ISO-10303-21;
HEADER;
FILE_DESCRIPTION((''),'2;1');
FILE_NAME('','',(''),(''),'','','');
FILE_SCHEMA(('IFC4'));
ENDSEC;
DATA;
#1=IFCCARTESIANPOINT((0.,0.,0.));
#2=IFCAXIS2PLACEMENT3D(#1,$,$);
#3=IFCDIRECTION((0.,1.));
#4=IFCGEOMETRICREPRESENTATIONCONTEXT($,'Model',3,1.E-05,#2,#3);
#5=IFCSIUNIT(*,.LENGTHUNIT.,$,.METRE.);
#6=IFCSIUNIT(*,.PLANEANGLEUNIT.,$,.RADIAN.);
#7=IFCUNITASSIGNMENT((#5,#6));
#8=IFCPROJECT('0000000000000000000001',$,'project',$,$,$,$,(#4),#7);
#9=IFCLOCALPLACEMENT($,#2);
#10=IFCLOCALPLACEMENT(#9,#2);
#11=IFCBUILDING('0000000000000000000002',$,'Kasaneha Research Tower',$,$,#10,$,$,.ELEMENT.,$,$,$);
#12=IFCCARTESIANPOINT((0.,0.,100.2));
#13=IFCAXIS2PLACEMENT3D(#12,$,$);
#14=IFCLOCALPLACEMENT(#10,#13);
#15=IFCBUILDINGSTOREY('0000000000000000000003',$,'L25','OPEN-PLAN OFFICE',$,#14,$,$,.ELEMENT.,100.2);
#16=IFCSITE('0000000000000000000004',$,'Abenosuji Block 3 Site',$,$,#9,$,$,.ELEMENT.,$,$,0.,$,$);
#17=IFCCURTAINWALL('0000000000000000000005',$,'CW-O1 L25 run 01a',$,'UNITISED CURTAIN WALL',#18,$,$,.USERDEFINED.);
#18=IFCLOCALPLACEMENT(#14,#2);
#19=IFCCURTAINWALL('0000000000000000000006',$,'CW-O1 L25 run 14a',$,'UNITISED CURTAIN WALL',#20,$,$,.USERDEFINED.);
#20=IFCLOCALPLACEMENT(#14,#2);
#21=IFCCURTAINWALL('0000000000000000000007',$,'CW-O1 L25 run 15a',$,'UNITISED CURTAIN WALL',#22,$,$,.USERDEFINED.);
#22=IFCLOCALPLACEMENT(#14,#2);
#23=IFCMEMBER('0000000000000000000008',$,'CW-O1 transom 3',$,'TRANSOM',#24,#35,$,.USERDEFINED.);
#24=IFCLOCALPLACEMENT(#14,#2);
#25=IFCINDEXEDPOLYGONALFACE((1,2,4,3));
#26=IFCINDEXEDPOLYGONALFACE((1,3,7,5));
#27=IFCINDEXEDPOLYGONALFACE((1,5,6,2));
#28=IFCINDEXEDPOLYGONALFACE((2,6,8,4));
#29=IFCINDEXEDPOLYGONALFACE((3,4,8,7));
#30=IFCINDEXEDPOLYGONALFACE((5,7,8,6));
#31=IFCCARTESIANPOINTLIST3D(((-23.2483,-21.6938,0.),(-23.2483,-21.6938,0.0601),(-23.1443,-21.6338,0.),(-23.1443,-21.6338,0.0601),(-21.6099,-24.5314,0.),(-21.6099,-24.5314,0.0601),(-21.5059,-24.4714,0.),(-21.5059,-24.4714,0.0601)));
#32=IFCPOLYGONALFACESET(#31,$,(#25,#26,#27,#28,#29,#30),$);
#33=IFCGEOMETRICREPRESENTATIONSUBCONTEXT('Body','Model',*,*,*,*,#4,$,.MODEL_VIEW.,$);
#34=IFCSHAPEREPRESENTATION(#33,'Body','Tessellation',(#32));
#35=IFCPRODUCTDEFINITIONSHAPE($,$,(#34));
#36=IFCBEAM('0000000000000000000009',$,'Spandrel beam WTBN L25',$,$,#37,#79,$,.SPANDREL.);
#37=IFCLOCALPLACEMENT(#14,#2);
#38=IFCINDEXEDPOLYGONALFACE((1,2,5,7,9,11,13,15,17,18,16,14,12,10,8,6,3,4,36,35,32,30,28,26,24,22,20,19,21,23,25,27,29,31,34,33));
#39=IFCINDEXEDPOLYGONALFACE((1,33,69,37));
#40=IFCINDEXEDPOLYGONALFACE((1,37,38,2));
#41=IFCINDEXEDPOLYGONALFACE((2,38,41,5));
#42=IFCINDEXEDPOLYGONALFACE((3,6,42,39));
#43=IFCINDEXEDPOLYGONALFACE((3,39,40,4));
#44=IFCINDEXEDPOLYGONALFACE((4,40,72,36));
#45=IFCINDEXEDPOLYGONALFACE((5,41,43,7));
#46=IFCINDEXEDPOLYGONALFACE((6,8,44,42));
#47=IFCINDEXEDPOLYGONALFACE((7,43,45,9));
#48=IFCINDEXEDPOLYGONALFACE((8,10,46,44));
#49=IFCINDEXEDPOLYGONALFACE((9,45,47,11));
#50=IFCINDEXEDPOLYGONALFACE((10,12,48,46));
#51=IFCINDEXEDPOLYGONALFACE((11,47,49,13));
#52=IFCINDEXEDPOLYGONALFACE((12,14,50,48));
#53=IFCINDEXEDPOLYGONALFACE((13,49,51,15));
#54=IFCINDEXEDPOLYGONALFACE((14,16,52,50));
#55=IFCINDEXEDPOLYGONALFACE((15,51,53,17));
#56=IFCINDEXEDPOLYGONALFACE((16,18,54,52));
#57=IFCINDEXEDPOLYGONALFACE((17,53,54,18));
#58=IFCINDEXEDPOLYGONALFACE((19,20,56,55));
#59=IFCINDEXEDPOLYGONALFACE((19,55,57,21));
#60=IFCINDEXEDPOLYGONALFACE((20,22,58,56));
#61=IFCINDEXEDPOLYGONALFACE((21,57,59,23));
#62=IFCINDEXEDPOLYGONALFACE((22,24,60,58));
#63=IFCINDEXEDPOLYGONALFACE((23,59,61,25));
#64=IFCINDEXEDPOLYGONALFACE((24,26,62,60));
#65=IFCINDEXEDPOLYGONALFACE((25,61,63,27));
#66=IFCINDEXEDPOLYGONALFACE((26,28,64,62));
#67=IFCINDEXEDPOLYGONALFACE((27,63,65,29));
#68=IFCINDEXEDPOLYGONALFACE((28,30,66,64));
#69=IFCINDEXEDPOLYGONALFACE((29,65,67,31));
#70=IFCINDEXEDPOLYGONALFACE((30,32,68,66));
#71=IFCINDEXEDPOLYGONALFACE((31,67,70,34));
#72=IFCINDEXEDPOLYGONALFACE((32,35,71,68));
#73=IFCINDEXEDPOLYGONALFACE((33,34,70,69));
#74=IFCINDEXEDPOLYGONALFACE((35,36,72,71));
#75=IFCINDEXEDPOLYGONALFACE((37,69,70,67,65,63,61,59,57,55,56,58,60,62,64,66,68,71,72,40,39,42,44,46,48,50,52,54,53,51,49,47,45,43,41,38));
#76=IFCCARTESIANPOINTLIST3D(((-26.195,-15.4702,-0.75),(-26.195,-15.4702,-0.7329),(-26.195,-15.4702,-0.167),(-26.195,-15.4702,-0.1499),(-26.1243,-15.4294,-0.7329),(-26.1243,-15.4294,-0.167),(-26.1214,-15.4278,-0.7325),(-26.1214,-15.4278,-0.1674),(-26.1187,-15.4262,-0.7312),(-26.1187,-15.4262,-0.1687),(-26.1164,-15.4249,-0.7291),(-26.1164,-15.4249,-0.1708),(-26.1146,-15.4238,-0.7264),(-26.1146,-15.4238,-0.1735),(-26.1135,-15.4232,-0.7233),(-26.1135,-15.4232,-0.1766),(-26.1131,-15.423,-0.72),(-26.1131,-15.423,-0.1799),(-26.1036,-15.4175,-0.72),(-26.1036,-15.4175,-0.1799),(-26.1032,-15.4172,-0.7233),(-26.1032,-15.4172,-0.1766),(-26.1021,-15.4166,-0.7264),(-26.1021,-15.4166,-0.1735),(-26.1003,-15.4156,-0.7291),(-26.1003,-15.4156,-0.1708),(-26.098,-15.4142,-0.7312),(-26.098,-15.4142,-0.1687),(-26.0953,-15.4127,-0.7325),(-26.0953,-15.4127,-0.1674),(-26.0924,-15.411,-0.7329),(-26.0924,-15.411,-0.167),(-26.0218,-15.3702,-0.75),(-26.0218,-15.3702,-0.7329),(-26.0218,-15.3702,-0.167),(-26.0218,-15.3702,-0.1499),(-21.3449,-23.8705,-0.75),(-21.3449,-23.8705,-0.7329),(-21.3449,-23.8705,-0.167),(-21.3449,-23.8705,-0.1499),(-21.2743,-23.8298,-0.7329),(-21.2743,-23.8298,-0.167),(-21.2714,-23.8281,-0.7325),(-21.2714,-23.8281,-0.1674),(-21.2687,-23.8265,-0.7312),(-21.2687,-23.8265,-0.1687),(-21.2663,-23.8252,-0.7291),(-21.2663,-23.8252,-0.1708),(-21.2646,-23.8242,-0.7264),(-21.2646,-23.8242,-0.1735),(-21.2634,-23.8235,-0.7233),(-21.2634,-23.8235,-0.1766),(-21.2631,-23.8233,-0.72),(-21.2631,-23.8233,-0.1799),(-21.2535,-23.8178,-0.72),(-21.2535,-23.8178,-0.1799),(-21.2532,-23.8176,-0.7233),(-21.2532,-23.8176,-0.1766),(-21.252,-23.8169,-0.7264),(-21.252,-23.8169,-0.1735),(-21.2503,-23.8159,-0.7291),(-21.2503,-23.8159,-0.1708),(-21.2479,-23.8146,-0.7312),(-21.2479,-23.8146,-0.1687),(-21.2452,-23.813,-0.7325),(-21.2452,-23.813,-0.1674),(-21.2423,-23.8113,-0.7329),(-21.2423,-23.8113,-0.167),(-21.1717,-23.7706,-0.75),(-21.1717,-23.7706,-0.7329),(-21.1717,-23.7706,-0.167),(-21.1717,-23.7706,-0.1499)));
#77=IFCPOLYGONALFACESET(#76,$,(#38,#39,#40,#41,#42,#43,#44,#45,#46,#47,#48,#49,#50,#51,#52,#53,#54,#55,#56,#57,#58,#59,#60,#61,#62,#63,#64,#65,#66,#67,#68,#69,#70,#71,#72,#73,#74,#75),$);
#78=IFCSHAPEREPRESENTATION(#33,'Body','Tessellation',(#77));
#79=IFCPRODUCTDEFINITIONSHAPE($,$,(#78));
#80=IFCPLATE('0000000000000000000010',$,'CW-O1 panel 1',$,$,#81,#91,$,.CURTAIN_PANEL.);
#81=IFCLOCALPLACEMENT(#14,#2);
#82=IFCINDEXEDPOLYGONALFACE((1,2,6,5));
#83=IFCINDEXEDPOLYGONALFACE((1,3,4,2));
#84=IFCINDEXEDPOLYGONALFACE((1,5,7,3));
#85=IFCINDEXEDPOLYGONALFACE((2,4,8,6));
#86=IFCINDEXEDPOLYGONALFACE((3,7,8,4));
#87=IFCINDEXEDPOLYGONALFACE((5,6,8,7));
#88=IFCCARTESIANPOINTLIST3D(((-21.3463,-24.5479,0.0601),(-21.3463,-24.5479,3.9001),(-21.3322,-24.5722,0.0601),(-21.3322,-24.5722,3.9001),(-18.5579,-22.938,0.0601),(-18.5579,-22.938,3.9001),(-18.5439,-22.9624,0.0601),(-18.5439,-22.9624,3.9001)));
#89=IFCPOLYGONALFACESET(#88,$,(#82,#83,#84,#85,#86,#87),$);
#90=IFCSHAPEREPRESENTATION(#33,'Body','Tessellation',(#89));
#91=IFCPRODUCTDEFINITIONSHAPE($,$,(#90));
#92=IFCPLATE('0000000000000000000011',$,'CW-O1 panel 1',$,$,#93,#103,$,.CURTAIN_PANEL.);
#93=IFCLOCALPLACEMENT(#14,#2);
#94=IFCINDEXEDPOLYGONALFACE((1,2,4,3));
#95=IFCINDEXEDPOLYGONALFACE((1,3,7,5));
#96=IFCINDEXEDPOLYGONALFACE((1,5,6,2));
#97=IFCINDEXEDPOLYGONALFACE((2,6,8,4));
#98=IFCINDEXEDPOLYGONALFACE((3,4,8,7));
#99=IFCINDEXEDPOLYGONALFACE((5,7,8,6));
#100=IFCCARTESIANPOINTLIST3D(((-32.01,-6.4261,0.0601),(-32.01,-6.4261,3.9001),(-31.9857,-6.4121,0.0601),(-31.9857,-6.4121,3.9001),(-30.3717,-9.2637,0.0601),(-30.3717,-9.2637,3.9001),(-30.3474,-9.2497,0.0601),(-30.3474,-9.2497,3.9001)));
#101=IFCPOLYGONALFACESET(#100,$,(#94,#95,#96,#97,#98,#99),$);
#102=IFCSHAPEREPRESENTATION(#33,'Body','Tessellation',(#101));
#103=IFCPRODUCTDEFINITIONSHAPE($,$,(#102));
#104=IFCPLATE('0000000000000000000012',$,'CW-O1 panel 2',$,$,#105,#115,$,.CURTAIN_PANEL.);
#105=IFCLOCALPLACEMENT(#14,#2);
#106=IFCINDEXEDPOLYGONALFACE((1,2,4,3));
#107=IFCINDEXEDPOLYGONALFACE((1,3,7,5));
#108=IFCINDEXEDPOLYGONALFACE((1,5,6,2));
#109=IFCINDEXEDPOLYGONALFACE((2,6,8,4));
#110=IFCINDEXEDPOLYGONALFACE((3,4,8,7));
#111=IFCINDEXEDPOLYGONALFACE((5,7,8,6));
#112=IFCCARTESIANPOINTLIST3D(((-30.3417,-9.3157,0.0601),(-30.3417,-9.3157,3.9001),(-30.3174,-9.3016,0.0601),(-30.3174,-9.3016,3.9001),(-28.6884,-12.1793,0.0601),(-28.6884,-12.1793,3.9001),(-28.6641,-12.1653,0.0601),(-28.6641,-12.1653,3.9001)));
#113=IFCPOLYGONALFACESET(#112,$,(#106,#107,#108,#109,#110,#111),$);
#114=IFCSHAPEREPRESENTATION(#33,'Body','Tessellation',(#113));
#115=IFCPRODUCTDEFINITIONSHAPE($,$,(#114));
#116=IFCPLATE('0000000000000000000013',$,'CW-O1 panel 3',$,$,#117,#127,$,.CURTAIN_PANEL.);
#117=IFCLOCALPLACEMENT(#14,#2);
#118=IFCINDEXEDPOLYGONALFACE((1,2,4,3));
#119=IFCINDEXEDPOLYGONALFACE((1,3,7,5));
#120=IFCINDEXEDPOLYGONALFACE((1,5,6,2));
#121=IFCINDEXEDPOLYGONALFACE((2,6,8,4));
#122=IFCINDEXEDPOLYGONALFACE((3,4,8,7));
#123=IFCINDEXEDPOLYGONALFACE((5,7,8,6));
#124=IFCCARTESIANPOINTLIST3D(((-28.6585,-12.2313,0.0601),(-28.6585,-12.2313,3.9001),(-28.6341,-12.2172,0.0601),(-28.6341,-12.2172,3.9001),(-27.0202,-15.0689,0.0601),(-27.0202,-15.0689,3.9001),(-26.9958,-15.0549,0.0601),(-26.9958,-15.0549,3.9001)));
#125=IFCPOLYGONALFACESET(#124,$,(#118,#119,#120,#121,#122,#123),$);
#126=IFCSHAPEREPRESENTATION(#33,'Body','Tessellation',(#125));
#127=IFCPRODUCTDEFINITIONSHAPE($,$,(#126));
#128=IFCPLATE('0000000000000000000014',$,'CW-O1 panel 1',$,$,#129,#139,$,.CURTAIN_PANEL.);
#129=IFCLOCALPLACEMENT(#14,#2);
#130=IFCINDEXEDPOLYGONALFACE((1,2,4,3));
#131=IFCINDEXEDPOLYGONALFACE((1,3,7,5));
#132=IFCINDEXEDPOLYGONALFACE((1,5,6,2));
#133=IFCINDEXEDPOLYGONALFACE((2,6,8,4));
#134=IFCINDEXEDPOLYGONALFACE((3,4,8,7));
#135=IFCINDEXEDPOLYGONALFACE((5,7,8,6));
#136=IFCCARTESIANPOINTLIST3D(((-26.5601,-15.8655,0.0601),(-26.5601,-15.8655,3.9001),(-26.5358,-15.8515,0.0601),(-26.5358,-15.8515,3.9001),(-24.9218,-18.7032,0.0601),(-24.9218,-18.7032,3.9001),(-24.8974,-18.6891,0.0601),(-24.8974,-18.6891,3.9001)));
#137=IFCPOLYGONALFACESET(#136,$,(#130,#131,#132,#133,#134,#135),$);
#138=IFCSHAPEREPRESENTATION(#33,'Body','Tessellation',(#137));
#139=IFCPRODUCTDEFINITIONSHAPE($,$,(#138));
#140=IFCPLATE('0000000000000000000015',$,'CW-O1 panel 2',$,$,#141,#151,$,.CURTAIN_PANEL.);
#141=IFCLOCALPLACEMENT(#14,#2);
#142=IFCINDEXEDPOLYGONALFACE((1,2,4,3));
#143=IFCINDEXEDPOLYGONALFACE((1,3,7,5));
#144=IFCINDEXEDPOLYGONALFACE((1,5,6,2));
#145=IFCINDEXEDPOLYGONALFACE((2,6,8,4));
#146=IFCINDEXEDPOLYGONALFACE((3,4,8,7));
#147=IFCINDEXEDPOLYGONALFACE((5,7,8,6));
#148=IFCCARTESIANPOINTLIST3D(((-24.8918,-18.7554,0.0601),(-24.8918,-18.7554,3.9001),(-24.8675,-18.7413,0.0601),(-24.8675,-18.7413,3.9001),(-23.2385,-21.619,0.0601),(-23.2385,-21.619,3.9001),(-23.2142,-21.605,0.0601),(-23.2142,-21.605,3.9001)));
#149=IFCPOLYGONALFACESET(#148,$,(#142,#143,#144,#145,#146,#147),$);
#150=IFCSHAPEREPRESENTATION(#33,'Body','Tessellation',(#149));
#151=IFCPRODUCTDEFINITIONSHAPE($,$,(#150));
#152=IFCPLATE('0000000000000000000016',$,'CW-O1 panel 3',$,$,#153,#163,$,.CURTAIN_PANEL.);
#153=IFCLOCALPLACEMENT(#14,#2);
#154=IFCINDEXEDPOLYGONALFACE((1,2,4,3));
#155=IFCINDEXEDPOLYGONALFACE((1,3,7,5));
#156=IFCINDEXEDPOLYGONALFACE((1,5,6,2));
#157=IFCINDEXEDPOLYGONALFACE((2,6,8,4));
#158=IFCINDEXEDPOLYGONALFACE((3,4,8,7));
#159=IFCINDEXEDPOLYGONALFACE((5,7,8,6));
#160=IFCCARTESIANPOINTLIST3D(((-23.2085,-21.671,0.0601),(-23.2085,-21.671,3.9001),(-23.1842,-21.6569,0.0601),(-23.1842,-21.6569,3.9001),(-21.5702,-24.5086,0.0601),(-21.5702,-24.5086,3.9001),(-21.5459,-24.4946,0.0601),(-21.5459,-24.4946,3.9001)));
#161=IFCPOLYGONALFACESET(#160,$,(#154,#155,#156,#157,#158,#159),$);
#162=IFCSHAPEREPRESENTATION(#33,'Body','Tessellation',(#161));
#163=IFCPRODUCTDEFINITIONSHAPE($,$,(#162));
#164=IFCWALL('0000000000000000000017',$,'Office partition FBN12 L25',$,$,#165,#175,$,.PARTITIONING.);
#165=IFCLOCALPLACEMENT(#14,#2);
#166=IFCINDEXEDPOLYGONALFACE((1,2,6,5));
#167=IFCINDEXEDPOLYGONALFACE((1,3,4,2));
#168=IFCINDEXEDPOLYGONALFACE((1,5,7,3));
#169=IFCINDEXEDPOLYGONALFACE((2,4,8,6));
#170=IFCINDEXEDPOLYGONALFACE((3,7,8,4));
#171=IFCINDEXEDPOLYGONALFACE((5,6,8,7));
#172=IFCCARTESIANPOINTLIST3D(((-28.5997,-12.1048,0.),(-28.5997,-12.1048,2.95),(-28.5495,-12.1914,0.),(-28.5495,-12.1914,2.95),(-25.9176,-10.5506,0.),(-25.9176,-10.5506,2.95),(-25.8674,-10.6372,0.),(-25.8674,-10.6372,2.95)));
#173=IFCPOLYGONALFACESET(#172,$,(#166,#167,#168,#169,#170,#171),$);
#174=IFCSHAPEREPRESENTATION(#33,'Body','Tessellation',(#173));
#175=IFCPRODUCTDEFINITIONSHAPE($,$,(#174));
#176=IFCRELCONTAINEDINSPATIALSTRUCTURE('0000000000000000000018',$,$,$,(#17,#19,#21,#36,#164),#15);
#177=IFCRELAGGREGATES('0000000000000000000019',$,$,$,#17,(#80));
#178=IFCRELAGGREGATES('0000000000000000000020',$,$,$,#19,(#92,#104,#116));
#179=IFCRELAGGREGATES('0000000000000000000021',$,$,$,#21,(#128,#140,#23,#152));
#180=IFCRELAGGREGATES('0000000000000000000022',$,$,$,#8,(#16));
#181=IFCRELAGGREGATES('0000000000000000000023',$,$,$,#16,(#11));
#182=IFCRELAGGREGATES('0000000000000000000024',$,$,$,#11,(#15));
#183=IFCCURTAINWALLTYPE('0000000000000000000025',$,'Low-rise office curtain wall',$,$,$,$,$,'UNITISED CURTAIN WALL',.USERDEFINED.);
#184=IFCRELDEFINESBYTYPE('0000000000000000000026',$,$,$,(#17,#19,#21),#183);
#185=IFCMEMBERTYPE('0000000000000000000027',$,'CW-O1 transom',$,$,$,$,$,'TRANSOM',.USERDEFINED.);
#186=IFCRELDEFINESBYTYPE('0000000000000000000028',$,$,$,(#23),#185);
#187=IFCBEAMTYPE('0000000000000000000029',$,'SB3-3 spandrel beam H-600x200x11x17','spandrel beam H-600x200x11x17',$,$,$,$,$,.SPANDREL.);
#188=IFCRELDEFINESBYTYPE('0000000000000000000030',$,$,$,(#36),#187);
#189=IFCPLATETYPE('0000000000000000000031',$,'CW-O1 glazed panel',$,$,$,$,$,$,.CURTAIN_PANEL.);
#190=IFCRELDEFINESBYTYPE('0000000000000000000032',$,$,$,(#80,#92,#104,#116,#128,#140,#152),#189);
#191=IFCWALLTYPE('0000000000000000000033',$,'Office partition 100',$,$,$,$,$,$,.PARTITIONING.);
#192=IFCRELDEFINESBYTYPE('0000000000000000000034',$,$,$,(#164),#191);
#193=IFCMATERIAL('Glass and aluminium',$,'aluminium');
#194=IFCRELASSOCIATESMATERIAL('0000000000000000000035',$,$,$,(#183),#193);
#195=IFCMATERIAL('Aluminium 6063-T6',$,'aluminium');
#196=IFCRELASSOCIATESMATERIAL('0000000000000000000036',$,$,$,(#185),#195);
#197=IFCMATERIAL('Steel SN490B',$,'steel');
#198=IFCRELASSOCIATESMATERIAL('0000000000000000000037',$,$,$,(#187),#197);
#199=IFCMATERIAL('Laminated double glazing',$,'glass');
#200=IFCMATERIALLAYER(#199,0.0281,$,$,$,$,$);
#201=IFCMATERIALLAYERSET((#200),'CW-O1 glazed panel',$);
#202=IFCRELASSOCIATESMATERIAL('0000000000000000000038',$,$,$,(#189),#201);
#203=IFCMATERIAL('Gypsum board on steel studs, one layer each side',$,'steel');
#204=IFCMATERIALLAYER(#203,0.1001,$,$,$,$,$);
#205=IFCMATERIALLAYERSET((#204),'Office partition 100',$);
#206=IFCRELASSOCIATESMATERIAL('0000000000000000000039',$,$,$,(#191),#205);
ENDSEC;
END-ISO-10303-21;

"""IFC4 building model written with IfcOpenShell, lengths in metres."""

from ifc_helpers import new_model, si_unit, direction, frame, frame_2d, origin, origin_2d, place, context, subcontext, project, spatial, rectangle, i_section, extrude, material, layer, layer_set, material_profile, profile_set, type_object, element, aggregate, save


model = new_model("IFC4")

# Units and contexts
model_context = context("Model", 3, precision=1e-05, world=origin(), true_north=direction((0.0, 1.0)))
body_context = subcontext(model_context, "Body", "Model", "MODEL_VIEW")
ifc_project = project(units=[si_unit("LENGTHUNIT", "METRE"), si_unit("PLANEANGLEUNIT", "RADIAN")], contexts=[model_context])

# Site, building, storey
site_placement = place(None, origin())
site = spatial("IfcSite", under=ifc_project, at=site_placement, Name="Abenosuji Block 3 Site", CompositionType="ELEMENT", RefElevation=0.0)
building_placement = place(site_placement, origin())
building = spatial("IfcBuilding", under=site, at=building_placement, Name="Kasaneha Research Tower", CompositionType="ELEMENT")
storey_placement = place(building_placement, frame((0.0, 0.0, 100.2)))
storey = spatial("IfcBuildingStorey", under=building, at=storey_placement, Name="L25", Description="OPEN-PLAN OFFICE", CompositionType="ELEMENT", Elevation=100.2)

# Curtain wall
ifc_material_1 = material(Name="Glass and aluminium", Category="aluminium")
curtain_wall_type = type_object("IfcCurtainWallType", Name="Low-rise office curtain wall", ElementType="UNITISED CURTAIN WALL", PredefinedType="USERDEFINED", material=ifc_material_1)
curtain_wall_1_placement = place(storey_placement, origin())
curtain_wall_1 = element("IfcCurtainWall", 1, at=curtain_wall_1_placement, inside=storey, type_object=curtain_wall_type, Name="CW-O1 L25 run 01a", ObjectType="UNITISED CURTAIN WALL", PredefinedType="USERDEFINED")

# Curtain walls
curtain_wall_2_placement = place(storey_placement, origin())
curtain_wall_2 = element("IfcCurtainWall", 2, at=curtain_wall_2_placement, inside=storey, type_object=curtain_wall_type, Name="CW-O1 L25 run 14a", ObjectType="UNITISED CURTAIN WALL", PredefinedType="USERDEFINED")
curtain_wall_3_placement = place(storey_placement, origin())
curtain_wall_3 = element("IfcCurtainWall", 3, at=curtain_wall_3_placement, inside=storey, type_object=curtain_wall_type, Name="CW-O1 L25 run 15a", ObjectType="UNITISED CURTAIN WALL", PredefinedType="USERDEFINED")

# Member
ifc_material_2 = material(Name="Aluminium 6063-T6", Category="aluminium")
ifc_material_profile_1 = material_profile(ifc_material_2, rectangle(XDim=0.1201, YDim=0.0601, at=origin_2d()), Name="CW-O1 transom 120x60")
ifc_profile_set_1 = profile_set([ifc_material_profile_1], Name="Aluminium 6063-T6")
member_type_1 = type_object("IfcMemberType", Name="CW-O1 transom", ElementType="TRANSOM", PredefinedType="USERDEFINED", material=ifc_profile_set_1)
member_1_placement = place(storey_placement, frame((-23.1963, -21.6638, 0.03), z_axis=(0.500026, -0.866011, 0.0), x_axis=(0.866011, 0.500026, 0.0)))
member_1 = element("IfcMember", 4, at=member_1_placement, type_object=member_type_1, Name="CW-O1 transom 3", ObjectType="TRANSOM", PredefinedType="USERDEFINED", context=body_context, shape_type="SweptSolid", body=[
    extrude(rectangle(XDim=0.1201, YDim=0.0601, at=origin_2d()), origin(), (0.0, 0.0, 1.0), 3.2766),
])

# Beam
ifc_material_3 = material(Name="Steel SN490B", Category="steel")
ifc_material_profile_2 = material_profile(ifc_material_3, i_section(OverallWidth=0.2, OverallDepth=0.6001, WebThickness=0.011, FlangeThickness=0.0171, FilletRadius=0.0129, at=origin_2d()), Name="H-600x200x11x17")
ifc_profile_set_2 = profile_set([ifc_material_profile_2], Name="Steel SN490B")
beam_type = type_object("IfcBeamType", Name="SB3-3 spandrel beam H-600x200x11x17", Description="spandrel beam H-600x200x11x17", PredefinedType="SPANDREL", material=ifc_profile_set_2)
beam_placement = place(storey_placement, frame((-21.2583, -23.8206, -0.45), z_axis=(-0.50001, 0.86602, 0.0), x_axis=(-0.86602, -0.50001, 0.0)))
element("IfcBeam", 5, at=beam_placement, inside=storey, type_object=beam_type, Name="Spandrel beam WTBN L25", PredefinedType="SPANDREL", context=body_context, shape_type="SweptSolid", body=[
    extrude(i_section(OverallWidth=0.2, OverallDepth=0.6001, WebThickness=0.011, FlangeThickness=0.0171, FilletRadius=0.0129, at=origin_2d()), origin(), (0.0, 0.0, 1.0), 9.7),
])

# Plates
ifc_material_4 = material(Name="Laminated double glazing", Category="glass")
ifc_layer_1 = layer(ifc_material_4, 0.0281)
ifc_layer_set_1 = layer_set([ifc_layer_1], Name="CW-O1 glazed panel")
plate_type = type_object("IfcPlateType", Name="CW-O1 glazed panel", PredefinedType="CURTAIN_PANEL", material=ifc_layer_set_1)
plate_1_placement = place(storey_placement, frame((-19.9451, -23.7551, 0.0601), z_axis=(0.0, 0.0, 1.0), x_axis=(0.866025, 0.5, 0.0)))
plate_1 = element("IfcPlate", 6, at=plate_1_placement, type_object=plate_type, Name="CW-O1 panel 1", PredefinedType="CURTAIN_PANEL", context=body_context, shape_type="SweptSolid", body=[
    extrude(rectangle(XDim=3.2197, YDim=0.0281, at=origin_2d()), origin(), (0.0, 0.0, 1.0), 3.8401),
])
aggregate(curtain_wall_1, [plate_1])
plate_2_placement = place(storey_placement, frame((-31.1787, -7.8379, 0.0601), z_axis=(0.0, 0.0, 1.0), x_axis=(0.5, -0.866025, 0.0)))
plate_2 = element("IfcPlate", 7, at=plate_2_placement, type_object=plate_type, Name="CW-O1 panel 1", PredefinedType="CURTAIN_PANEL", context=body_context, shape_type="SweptSolid", body=[
    extrude(rectangle(XDim=3.2766, YDim=0.0281, at=origin_2d()), origin(), (0.0, 0.0, 1.0), 3.8401),
])
plate_3_placement = place(storey_placement, frame((-29.5029, -10.7405, 0.0601), z_axis=(0.0, 0.0, 1.0), x_axis=(0.5, -0.866025, 0.0)))
plate_3 = element("IfcPlate", 8, at=plate_3_placement, type_object=plate_type, Name="CW-O1 panel 2", PredefinedType="CURTAIN_PANEL", context=body_context, shape_type="SweptSolid", body=[
    extrude(rectangle(XDim=3.3066, YDim=0.0281, at=origin_2d()), origin(), (0.0, 0.0, 1.0), 3.8401),
])
plate_4_placement = place(storey_placement, frame((-27.8271, -13.6431, 0.0601), z_axis=(0.0, 0.0, 1.0), x_axis=(0.5, -0.866025, 0.0)))
plate_4 = element("IfcPlate", 9, at=plate_4_placement, type_object=plate_type, Name="CW-O1 panel 3", PredefinedType="CURTAIN_PANEL", context=body_context, shape_type="SweptSolid", body=[
    extrude(rectangle(XDim=3.2766, YDim=0.0281, at=origin_2d()), origin(), (0.0, 0.0, 1.0), 3.8401),
])
aggregate(curtain_wall_2, [plate_2, plate_3, plate_4])
plate_5_placement = place(storey_placement, frame((-25.7288, -17.2773, 0.0601), z_axis=(0.0, 0.0, 1.0), x_axis=(0.5, -0.866025, 0.0)))
plate_5 = element("IfcPlate", 10, at=plate_5_placement, type_object=plate_type, Name="CW-O1 panel 1", PredefinedType="CURTAIN_PANEL", context=body_context, shape_type="SweptSolid", body=[
    extrude(rectangle(XDim=3.2766, YDim=0.0281, at=origin_2d()), origin(), (0.0, 0.0, 1.0), 3.8401),
])
plate_6_placement = place(storey_placement, frame((-24.053, -20.1802, 0.0601), z_axis=(0.0, 0.0, 1.0), x_axis=(0.5, -0.866025, 0.0)))
plate_6 = element("IfcPlate", 11, at=plate_6_placement, type_object=plate_type, Name="CW-O1 panel 2", PredefinedType="CURTAIN_PANEL", context=body_context, shape_type="SweptSolid", body=[
    extrude(rectangle(XDim=3.3066, YDim=0.0281, at=origin_2d()), origin(), (0.0, 0.0, 1.0), 3.8401),
])
plate_7_placement = place(storey_placement, frame((-22.3772, -23.0828, 0.0601), z_axis=(0.0, 0.0, 1.0), x_axis=(0.5, -0.866025, 0.0)))
plate_7 = element("IfcPlate", 12, at=plate_7_placement, type_object=plate_type, Name="CW-O1 panel 3", PredefinedType="CURTAIN_PANEL", context=body_context, shape_type="SweptSolid", body=[
    extrude(rectangle(XDim=3.2766, YDim=0.0281, at=origin_2d()), origin(), (0.0, 0.0, 1.0), 3.8401),
])
aggregate(curtain_wall_3, [plate_5, plate_6, member_1, plate_7])

# Wall
ifc_material_5 = material(Name="Gypsum board on steel studs, one layer each side", Category="steel")
ifc_layer_2 = layer(ifc_material_5, 0.1001)
ifc_layer_set_2 = layer_set([ifc_layer_2], Name="Office partition 100")
wall_type = type_object("IfcWallType", Name="Office partition 100", PredefinedType="PARTITIONING", material=ifc_layer_set_2)
wall_1_placement = place(storey_placement, frame((-25.8926, -10.594, 0.0), z_axis=(0.0, 0.0, 1.0), x_axis=(-0.865232, -0.501372, 0.0)))
element("IfcWall", 13, at=wall_1_placement, inside=storey, type_object=wall_type, Name="Office partition FBN12 L25", PredefinedType="PARTITIONING", context=body_context, shape_type="SweptSolid", body=[
    extrude(rectangle(XDim=3.0999, YDim=0.1001, at=frame_2d((1.5498, 0.0))), origin(), (0.0, 0.0, 1.0), 2.95),
])

save(model, "model.ifc")
